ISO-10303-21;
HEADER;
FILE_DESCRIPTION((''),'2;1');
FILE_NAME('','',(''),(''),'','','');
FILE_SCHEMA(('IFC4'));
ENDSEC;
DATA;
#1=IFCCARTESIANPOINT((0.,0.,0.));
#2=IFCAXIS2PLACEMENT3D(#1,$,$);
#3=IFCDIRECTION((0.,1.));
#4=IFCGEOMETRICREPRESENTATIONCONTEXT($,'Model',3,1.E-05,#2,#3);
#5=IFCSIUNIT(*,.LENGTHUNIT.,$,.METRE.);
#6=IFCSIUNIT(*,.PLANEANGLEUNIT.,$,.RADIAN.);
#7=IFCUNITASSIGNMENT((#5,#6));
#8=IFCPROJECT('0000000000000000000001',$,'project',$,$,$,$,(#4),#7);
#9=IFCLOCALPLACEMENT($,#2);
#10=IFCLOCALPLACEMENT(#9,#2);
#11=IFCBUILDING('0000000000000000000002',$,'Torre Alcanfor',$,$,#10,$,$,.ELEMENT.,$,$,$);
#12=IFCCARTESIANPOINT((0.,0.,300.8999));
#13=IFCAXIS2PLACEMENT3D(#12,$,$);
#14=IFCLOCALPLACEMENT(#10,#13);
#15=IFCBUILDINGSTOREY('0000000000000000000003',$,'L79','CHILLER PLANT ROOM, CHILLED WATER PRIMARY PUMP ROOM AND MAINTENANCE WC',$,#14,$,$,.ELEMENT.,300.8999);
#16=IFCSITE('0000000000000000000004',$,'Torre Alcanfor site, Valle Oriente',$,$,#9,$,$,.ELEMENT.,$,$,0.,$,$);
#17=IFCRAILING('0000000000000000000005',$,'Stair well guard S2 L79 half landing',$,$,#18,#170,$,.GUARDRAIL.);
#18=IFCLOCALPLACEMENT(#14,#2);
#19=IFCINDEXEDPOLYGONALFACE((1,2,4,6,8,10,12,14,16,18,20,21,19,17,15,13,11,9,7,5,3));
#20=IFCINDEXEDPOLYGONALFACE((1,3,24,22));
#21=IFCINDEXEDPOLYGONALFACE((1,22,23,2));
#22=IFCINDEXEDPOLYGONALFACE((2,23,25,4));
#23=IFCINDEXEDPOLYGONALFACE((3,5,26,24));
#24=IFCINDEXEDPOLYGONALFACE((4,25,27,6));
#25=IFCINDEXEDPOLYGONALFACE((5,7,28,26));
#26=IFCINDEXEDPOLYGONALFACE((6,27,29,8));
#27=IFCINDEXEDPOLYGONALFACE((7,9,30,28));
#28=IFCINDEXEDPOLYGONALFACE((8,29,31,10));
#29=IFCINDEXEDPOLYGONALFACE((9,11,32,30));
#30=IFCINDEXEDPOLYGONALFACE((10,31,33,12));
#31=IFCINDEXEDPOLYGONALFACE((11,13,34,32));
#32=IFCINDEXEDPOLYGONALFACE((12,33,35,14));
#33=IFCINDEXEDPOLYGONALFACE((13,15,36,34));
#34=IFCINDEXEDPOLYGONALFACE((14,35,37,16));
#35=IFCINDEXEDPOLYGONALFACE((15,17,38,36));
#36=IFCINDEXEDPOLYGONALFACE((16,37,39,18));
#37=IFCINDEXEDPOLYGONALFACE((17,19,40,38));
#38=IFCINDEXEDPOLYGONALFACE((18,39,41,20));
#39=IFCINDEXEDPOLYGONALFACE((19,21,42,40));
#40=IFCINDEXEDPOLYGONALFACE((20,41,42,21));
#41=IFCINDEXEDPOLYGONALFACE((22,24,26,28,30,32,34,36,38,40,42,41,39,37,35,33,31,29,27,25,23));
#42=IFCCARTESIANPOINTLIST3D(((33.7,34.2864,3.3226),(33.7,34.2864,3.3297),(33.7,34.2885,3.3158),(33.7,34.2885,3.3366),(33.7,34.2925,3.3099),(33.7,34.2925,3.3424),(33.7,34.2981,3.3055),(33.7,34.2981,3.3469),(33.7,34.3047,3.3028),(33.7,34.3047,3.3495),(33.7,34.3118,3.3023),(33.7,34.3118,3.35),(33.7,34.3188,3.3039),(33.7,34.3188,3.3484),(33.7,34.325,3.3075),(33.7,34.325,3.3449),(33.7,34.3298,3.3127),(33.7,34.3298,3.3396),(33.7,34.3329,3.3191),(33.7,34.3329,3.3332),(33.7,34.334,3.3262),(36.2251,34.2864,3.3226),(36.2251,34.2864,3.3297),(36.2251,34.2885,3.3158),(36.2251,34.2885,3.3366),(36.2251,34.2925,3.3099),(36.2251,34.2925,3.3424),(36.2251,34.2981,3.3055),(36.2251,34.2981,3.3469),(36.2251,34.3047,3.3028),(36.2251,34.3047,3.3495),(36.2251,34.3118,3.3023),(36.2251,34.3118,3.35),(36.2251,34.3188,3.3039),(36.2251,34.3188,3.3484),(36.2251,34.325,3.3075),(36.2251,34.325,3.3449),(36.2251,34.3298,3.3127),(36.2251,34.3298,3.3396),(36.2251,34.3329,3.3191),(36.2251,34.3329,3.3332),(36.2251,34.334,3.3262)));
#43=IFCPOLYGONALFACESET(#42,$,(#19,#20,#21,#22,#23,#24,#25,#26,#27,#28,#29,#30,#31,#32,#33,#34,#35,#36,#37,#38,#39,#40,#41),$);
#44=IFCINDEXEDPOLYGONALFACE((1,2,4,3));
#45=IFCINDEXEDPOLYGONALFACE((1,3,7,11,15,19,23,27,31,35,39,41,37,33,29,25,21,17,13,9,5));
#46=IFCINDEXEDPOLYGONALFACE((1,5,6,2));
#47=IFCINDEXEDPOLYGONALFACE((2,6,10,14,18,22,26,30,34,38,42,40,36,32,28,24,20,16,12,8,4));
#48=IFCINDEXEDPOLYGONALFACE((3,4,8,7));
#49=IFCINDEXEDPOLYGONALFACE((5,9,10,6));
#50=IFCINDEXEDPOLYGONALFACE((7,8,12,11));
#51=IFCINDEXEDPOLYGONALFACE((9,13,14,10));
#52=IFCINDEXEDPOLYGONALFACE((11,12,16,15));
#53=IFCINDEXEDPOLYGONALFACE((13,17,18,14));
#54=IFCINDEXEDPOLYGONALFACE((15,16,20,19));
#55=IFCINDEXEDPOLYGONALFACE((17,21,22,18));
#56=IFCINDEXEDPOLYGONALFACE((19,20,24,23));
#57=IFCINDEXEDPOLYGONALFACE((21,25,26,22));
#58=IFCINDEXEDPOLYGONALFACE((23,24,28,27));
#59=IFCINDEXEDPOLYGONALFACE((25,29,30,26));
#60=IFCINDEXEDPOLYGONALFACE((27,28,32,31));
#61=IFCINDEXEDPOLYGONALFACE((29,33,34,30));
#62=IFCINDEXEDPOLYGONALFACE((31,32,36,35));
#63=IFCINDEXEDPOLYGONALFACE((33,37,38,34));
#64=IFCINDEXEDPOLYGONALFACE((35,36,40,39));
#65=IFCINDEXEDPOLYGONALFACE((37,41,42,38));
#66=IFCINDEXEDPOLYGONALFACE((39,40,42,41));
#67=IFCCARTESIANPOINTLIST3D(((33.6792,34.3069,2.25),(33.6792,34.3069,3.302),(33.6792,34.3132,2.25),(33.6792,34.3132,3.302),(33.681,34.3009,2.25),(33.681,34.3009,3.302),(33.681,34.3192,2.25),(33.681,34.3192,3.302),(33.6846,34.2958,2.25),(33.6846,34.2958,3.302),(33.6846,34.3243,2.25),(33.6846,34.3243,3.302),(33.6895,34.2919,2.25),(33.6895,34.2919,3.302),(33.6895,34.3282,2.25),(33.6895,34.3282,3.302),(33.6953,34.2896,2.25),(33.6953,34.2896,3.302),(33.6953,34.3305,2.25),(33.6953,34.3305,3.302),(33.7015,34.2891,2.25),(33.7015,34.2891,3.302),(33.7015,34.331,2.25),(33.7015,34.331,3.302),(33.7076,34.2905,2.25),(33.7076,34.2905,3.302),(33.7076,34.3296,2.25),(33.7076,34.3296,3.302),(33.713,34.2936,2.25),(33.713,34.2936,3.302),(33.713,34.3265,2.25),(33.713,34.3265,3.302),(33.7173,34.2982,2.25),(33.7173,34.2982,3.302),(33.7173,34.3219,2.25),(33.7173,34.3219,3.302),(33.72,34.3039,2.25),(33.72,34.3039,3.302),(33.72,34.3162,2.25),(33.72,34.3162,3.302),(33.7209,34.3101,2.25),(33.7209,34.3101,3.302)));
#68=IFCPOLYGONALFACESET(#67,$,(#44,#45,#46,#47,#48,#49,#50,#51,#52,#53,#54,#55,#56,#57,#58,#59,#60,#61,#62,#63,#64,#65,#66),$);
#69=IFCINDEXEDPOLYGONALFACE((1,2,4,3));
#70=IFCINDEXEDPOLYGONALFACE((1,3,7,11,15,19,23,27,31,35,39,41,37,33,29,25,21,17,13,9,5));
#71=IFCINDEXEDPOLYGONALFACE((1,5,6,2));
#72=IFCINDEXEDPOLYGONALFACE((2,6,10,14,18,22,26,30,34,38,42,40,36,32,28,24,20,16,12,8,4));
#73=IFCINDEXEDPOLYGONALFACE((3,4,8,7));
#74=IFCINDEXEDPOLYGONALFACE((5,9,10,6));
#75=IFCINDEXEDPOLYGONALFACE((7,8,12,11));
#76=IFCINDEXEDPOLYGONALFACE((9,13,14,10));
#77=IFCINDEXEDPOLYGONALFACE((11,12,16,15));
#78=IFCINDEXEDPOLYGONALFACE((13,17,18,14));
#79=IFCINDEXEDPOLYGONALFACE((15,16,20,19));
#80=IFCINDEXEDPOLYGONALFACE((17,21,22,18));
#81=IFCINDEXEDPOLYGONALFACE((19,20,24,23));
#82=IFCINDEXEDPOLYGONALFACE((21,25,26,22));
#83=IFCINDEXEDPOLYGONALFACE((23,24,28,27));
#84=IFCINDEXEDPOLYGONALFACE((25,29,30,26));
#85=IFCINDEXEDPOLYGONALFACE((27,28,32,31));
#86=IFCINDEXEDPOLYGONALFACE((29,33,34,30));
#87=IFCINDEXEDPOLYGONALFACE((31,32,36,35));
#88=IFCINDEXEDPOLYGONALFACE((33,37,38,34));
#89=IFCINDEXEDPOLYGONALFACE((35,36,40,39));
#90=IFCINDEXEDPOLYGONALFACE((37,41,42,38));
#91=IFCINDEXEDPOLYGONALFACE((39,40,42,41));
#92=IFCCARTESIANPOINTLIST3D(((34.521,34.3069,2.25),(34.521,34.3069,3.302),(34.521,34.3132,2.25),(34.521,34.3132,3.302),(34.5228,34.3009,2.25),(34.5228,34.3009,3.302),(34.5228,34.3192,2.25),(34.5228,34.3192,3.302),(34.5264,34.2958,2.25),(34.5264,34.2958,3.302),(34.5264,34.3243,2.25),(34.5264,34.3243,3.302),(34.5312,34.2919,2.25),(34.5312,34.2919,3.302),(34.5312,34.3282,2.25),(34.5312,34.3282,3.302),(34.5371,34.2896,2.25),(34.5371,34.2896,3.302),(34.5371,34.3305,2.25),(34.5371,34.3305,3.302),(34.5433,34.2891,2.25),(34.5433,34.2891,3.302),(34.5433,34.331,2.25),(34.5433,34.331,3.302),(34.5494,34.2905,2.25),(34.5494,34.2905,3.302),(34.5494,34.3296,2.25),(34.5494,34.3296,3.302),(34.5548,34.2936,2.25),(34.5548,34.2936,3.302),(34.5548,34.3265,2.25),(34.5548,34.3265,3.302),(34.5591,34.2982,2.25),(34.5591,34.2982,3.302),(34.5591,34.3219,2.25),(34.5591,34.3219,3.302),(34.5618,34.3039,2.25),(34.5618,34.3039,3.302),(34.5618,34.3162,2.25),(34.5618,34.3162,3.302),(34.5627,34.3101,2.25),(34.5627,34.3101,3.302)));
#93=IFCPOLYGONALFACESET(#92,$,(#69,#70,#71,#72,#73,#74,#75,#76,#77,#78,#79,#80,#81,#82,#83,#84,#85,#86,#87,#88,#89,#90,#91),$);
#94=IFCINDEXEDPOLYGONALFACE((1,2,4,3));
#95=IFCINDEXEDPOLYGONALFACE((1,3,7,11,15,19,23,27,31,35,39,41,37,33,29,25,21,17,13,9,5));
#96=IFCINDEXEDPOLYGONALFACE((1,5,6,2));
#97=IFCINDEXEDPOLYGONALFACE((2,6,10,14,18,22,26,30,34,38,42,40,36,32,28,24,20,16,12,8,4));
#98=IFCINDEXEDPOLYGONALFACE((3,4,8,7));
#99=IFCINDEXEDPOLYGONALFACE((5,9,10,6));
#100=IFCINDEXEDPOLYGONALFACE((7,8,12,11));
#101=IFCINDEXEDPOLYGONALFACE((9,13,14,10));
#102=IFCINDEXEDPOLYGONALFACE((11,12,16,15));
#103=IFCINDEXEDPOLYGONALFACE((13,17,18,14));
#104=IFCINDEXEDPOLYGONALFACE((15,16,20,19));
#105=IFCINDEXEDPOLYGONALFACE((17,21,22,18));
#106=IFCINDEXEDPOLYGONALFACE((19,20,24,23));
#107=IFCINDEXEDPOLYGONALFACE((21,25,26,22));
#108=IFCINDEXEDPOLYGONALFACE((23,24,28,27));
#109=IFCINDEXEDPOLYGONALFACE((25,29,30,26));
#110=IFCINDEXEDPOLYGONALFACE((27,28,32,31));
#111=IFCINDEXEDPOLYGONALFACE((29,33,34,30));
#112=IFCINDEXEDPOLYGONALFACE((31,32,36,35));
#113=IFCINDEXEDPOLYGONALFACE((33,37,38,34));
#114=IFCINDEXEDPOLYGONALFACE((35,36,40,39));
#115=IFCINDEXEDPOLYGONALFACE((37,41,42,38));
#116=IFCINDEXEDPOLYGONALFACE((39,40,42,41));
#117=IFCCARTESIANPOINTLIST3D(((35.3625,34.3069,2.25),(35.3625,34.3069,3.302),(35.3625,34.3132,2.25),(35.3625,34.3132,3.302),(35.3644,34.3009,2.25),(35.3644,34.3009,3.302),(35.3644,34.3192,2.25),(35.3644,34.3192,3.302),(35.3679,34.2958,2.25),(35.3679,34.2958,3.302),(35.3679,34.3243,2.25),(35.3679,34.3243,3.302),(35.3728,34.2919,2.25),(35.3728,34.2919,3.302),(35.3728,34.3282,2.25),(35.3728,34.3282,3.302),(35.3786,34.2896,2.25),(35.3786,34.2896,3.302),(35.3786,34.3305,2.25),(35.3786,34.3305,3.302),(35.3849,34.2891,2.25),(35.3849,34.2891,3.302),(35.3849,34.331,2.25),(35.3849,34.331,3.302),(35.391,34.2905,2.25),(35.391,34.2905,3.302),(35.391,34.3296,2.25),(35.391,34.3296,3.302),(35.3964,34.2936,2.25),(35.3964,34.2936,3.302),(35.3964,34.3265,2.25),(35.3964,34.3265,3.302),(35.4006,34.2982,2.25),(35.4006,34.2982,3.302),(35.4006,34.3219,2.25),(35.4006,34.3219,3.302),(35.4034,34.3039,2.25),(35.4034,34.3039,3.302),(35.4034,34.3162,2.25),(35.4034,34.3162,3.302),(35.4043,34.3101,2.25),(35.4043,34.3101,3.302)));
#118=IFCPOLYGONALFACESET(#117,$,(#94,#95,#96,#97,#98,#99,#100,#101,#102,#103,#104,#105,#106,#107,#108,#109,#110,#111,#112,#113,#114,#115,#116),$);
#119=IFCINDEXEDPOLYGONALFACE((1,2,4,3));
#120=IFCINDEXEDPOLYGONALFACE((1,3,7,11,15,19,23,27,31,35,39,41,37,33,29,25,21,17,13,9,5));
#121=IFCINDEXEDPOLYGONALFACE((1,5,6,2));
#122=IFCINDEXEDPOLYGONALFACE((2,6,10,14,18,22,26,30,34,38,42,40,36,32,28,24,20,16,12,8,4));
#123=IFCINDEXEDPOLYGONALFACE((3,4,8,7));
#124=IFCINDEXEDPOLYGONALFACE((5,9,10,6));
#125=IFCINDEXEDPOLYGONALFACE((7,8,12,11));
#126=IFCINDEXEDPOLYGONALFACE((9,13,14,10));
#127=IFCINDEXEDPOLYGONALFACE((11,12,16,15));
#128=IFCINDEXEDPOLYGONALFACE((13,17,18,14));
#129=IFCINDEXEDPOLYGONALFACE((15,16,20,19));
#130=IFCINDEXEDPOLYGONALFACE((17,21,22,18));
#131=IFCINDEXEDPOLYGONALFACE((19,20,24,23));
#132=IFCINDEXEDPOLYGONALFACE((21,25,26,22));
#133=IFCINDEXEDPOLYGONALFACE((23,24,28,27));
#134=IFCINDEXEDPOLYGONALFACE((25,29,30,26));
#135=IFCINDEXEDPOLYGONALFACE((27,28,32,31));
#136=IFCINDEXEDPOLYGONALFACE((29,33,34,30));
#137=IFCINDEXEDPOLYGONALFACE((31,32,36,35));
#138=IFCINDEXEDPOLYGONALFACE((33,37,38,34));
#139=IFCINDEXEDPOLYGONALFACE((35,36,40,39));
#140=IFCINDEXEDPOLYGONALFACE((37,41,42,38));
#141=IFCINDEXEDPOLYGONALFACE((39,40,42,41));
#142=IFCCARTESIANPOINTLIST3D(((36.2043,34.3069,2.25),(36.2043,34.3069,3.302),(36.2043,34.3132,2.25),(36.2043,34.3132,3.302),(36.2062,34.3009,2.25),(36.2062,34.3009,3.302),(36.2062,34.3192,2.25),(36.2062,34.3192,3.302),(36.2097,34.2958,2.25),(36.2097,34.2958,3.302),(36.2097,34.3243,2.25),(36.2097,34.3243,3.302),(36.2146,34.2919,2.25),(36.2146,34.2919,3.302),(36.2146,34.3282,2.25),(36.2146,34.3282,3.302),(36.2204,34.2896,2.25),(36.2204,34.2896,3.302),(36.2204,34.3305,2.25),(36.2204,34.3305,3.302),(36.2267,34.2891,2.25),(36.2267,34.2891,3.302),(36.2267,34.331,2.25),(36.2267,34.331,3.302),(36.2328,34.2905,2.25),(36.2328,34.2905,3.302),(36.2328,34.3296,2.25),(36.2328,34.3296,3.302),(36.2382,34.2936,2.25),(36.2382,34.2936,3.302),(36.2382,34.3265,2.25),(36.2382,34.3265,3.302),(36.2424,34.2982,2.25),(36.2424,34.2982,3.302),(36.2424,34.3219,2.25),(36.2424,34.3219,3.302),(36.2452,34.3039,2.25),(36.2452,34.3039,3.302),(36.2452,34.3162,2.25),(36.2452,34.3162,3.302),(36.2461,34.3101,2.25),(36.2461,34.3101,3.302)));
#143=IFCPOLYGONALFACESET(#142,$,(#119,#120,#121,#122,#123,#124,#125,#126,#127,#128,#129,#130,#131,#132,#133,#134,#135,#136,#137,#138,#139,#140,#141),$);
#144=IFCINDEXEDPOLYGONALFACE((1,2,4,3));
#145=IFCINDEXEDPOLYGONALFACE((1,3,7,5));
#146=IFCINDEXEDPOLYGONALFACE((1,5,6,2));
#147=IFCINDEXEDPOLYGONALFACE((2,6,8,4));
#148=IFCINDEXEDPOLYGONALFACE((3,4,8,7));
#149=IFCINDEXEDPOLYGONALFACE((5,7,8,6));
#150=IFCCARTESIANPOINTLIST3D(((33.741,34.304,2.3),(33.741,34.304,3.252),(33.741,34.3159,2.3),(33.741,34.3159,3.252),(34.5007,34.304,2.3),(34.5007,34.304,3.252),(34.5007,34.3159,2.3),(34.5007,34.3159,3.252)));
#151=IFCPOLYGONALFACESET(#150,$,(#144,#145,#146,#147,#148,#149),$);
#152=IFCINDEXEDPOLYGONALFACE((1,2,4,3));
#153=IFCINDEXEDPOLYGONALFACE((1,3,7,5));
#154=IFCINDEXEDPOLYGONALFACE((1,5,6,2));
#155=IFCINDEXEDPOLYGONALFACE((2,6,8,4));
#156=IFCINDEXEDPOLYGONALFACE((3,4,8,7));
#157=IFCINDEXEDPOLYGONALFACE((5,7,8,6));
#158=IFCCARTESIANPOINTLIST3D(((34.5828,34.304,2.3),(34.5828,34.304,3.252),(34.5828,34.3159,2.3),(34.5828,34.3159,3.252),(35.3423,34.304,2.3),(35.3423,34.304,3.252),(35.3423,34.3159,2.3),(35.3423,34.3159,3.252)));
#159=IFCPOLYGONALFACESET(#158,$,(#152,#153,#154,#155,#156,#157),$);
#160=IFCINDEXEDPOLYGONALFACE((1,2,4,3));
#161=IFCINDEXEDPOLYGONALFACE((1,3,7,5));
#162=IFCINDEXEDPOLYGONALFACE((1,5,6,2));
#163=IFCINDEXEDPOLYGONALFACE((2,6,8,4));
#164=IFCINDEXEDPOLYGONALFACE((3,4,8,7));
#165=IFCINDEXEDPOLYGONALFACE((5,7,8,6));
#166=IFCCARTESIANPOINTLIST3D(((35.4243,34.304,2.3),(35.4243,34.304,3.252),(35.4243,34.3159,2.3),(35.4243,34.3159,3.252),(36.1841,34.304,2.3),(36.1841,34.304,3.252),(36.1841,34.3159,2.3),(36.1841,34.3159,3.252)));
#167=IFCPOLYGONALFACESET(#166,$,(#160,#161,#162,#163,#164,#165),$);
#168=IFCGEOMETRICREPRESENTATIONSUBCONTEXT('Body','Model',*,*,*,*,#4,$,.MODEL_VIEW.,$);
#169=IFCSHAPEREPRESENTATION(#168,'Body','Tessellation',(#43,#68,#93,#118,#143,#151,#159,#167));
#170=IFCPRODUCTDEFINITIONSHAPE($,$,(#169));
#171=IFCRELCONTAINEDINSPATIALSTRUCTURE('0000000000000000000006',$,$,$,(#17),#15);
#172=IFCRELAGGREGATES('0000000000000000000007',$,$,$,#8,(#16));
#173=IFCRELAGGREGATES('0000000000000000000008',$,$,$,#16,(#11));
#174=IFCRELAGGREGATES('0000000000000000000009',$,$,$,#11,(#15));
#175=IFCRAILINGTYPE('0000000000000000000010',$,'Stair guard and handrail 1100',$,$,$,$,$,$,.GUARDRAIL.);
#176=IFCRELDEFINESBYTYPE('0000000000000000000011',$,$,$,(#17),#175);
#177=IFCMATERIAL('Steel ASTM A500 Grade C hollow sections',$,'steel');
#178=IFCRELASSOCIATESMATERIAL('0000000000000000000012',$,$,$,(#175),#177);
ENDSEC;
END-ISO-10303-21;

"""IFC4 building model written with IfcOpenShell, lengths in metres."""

from ifc_helpers import new_model, si_unit, direction, frame, origin, origin_2d, place, context, subcontext, project, spatial, polyline, circle, outline, extrude, material, type_object, element, save


model = new_model("IFC4")

# Units and contexts
model_context = context("Model", 3, precision=1e-05, world=origin(), true_north=direction((0.0, 1.0)))
body_context = subcontext(model_context, "Body", "Model", "MODEL_VIEW")
ifc_project = project(units=[si_unit("LENGTHUNIT", "METRE"), si_unit("PLANEANGLEUNIT", "RADIAN")], contexts=[model_context])

# Site, building, storey
site_placement = place(None, origin())
site = spatial("IfcSite", under=ifc_project, at=site_placement, Name="Torre Alcanfor site, Valle Oriente", CompositionType="ELEMENT", RefElevation=0.0)
building_placement = place(site_placement, origin())
building = spatial("IfcBuilding", under=site, at=building_placement, Name="Torre Alcanfor", CompositionType="ELEMENT")
storey_placement = place(building_placement, frame((0.0, 0.0, 300.8999)))
storey = spatial("IfcBuildingStorey", under=building, at=storey_placement, Name="L79", Description="CHILLER PLANT ROOM, CHILLED WATER PRIMARY PUMP ROOM AND MAINTENANCE WC", CompositionType="ELEMENT", Elevation=300.8999)

# Railing
ifc_material_1 = material(Name="Steel ASTM A500 Grade C hollow sections", Category="steel")
railing_type_1 = type_object("IfcRailingType", Name="Stair guard and handrail 1100", PredefinedType="GUARDRAIL", material=ifc_material_1)
for number, where, name in (
    (1, (33.7, 34.3101, 2.25), "Stair well guard S2 L79 half landing"),
):
    element("IfcRailing", number, at=place(storey_placement, frame(where)), inside=storey, type_object=railing_type_1, Name=name, PredefinedType="GUARDRAIL", context=body_context, shape_type="SweptSolid", body=[
        extrude(circle(Radius=0.0239, at=origin_2d()), frame((0.0, 0.0, 1.0762), z_axis=(1.0, 0.0, 0.0), x_axis=(0.0, 1.0, 0.0)), (0.0, 0.0, 1.0), 2.5251),
        extrude(circle(Radius=0.021, at=origin_2d()), origin(), (0.0, 0.0, 1.0), 1.052),
        extrude(circle(Radius=0.021, at=origin_2d()), frame((0.8418, 0.0, 0.0)), (0.0, 0.0, 1.0), 1.052),
        extrude(circle(Radius=0.021, at=origin_2d()), frame((1.6833, 0.0, 0.0)), (0.0, 0.0, 1.0), 1.052),
        extrude(circle(Radius=0.021, at=origin_2d()), frame((2.5251, 0.0, 0.0)), (0.0, 0.0, 1.0), 1.052),
        extrude(outline(polyline([(0.041, 0.05), (0.8008, 0.05), (0.8008, 1.002), (0.041, 1.002), (0.041, 0.05)])), frame((0.0, 0.0059, 0.0), z_axis=(0.0, -1.0, 0.0), x_axis=(1.0, 0.0, 0.0)), (0.0, 0.0, 1.0), 0.012),
        extrude(outline(polyline([(0.8828, 0.05), (1.6423, 0.05), (1.6423, 1.002), (0.8828, 1.002), (0.8828, 0.05)])), frame((0.0, 0.0059, 0.0), z_axis=(0.0, -1.0, 0.0), x_axis=(1.0, 0.0, 0.0)), (0.0, 0.0, 1.0), 0.012),
        extrude(outline(polyline([(1.7244, 0.05), (2.4841, 0.05), (2.4841, 1.002), (1.7244, 1.002), (1.7244, 0.05)])), frame((0.0, 0.0059, 0.0), z_axis=(0.0, -1.0, 0.0), x_axis=(1.0, 0.0, 0.0)), (0.0, 0.0, 1.0), 0.012),
    ])

save(model, "model.ifc")
